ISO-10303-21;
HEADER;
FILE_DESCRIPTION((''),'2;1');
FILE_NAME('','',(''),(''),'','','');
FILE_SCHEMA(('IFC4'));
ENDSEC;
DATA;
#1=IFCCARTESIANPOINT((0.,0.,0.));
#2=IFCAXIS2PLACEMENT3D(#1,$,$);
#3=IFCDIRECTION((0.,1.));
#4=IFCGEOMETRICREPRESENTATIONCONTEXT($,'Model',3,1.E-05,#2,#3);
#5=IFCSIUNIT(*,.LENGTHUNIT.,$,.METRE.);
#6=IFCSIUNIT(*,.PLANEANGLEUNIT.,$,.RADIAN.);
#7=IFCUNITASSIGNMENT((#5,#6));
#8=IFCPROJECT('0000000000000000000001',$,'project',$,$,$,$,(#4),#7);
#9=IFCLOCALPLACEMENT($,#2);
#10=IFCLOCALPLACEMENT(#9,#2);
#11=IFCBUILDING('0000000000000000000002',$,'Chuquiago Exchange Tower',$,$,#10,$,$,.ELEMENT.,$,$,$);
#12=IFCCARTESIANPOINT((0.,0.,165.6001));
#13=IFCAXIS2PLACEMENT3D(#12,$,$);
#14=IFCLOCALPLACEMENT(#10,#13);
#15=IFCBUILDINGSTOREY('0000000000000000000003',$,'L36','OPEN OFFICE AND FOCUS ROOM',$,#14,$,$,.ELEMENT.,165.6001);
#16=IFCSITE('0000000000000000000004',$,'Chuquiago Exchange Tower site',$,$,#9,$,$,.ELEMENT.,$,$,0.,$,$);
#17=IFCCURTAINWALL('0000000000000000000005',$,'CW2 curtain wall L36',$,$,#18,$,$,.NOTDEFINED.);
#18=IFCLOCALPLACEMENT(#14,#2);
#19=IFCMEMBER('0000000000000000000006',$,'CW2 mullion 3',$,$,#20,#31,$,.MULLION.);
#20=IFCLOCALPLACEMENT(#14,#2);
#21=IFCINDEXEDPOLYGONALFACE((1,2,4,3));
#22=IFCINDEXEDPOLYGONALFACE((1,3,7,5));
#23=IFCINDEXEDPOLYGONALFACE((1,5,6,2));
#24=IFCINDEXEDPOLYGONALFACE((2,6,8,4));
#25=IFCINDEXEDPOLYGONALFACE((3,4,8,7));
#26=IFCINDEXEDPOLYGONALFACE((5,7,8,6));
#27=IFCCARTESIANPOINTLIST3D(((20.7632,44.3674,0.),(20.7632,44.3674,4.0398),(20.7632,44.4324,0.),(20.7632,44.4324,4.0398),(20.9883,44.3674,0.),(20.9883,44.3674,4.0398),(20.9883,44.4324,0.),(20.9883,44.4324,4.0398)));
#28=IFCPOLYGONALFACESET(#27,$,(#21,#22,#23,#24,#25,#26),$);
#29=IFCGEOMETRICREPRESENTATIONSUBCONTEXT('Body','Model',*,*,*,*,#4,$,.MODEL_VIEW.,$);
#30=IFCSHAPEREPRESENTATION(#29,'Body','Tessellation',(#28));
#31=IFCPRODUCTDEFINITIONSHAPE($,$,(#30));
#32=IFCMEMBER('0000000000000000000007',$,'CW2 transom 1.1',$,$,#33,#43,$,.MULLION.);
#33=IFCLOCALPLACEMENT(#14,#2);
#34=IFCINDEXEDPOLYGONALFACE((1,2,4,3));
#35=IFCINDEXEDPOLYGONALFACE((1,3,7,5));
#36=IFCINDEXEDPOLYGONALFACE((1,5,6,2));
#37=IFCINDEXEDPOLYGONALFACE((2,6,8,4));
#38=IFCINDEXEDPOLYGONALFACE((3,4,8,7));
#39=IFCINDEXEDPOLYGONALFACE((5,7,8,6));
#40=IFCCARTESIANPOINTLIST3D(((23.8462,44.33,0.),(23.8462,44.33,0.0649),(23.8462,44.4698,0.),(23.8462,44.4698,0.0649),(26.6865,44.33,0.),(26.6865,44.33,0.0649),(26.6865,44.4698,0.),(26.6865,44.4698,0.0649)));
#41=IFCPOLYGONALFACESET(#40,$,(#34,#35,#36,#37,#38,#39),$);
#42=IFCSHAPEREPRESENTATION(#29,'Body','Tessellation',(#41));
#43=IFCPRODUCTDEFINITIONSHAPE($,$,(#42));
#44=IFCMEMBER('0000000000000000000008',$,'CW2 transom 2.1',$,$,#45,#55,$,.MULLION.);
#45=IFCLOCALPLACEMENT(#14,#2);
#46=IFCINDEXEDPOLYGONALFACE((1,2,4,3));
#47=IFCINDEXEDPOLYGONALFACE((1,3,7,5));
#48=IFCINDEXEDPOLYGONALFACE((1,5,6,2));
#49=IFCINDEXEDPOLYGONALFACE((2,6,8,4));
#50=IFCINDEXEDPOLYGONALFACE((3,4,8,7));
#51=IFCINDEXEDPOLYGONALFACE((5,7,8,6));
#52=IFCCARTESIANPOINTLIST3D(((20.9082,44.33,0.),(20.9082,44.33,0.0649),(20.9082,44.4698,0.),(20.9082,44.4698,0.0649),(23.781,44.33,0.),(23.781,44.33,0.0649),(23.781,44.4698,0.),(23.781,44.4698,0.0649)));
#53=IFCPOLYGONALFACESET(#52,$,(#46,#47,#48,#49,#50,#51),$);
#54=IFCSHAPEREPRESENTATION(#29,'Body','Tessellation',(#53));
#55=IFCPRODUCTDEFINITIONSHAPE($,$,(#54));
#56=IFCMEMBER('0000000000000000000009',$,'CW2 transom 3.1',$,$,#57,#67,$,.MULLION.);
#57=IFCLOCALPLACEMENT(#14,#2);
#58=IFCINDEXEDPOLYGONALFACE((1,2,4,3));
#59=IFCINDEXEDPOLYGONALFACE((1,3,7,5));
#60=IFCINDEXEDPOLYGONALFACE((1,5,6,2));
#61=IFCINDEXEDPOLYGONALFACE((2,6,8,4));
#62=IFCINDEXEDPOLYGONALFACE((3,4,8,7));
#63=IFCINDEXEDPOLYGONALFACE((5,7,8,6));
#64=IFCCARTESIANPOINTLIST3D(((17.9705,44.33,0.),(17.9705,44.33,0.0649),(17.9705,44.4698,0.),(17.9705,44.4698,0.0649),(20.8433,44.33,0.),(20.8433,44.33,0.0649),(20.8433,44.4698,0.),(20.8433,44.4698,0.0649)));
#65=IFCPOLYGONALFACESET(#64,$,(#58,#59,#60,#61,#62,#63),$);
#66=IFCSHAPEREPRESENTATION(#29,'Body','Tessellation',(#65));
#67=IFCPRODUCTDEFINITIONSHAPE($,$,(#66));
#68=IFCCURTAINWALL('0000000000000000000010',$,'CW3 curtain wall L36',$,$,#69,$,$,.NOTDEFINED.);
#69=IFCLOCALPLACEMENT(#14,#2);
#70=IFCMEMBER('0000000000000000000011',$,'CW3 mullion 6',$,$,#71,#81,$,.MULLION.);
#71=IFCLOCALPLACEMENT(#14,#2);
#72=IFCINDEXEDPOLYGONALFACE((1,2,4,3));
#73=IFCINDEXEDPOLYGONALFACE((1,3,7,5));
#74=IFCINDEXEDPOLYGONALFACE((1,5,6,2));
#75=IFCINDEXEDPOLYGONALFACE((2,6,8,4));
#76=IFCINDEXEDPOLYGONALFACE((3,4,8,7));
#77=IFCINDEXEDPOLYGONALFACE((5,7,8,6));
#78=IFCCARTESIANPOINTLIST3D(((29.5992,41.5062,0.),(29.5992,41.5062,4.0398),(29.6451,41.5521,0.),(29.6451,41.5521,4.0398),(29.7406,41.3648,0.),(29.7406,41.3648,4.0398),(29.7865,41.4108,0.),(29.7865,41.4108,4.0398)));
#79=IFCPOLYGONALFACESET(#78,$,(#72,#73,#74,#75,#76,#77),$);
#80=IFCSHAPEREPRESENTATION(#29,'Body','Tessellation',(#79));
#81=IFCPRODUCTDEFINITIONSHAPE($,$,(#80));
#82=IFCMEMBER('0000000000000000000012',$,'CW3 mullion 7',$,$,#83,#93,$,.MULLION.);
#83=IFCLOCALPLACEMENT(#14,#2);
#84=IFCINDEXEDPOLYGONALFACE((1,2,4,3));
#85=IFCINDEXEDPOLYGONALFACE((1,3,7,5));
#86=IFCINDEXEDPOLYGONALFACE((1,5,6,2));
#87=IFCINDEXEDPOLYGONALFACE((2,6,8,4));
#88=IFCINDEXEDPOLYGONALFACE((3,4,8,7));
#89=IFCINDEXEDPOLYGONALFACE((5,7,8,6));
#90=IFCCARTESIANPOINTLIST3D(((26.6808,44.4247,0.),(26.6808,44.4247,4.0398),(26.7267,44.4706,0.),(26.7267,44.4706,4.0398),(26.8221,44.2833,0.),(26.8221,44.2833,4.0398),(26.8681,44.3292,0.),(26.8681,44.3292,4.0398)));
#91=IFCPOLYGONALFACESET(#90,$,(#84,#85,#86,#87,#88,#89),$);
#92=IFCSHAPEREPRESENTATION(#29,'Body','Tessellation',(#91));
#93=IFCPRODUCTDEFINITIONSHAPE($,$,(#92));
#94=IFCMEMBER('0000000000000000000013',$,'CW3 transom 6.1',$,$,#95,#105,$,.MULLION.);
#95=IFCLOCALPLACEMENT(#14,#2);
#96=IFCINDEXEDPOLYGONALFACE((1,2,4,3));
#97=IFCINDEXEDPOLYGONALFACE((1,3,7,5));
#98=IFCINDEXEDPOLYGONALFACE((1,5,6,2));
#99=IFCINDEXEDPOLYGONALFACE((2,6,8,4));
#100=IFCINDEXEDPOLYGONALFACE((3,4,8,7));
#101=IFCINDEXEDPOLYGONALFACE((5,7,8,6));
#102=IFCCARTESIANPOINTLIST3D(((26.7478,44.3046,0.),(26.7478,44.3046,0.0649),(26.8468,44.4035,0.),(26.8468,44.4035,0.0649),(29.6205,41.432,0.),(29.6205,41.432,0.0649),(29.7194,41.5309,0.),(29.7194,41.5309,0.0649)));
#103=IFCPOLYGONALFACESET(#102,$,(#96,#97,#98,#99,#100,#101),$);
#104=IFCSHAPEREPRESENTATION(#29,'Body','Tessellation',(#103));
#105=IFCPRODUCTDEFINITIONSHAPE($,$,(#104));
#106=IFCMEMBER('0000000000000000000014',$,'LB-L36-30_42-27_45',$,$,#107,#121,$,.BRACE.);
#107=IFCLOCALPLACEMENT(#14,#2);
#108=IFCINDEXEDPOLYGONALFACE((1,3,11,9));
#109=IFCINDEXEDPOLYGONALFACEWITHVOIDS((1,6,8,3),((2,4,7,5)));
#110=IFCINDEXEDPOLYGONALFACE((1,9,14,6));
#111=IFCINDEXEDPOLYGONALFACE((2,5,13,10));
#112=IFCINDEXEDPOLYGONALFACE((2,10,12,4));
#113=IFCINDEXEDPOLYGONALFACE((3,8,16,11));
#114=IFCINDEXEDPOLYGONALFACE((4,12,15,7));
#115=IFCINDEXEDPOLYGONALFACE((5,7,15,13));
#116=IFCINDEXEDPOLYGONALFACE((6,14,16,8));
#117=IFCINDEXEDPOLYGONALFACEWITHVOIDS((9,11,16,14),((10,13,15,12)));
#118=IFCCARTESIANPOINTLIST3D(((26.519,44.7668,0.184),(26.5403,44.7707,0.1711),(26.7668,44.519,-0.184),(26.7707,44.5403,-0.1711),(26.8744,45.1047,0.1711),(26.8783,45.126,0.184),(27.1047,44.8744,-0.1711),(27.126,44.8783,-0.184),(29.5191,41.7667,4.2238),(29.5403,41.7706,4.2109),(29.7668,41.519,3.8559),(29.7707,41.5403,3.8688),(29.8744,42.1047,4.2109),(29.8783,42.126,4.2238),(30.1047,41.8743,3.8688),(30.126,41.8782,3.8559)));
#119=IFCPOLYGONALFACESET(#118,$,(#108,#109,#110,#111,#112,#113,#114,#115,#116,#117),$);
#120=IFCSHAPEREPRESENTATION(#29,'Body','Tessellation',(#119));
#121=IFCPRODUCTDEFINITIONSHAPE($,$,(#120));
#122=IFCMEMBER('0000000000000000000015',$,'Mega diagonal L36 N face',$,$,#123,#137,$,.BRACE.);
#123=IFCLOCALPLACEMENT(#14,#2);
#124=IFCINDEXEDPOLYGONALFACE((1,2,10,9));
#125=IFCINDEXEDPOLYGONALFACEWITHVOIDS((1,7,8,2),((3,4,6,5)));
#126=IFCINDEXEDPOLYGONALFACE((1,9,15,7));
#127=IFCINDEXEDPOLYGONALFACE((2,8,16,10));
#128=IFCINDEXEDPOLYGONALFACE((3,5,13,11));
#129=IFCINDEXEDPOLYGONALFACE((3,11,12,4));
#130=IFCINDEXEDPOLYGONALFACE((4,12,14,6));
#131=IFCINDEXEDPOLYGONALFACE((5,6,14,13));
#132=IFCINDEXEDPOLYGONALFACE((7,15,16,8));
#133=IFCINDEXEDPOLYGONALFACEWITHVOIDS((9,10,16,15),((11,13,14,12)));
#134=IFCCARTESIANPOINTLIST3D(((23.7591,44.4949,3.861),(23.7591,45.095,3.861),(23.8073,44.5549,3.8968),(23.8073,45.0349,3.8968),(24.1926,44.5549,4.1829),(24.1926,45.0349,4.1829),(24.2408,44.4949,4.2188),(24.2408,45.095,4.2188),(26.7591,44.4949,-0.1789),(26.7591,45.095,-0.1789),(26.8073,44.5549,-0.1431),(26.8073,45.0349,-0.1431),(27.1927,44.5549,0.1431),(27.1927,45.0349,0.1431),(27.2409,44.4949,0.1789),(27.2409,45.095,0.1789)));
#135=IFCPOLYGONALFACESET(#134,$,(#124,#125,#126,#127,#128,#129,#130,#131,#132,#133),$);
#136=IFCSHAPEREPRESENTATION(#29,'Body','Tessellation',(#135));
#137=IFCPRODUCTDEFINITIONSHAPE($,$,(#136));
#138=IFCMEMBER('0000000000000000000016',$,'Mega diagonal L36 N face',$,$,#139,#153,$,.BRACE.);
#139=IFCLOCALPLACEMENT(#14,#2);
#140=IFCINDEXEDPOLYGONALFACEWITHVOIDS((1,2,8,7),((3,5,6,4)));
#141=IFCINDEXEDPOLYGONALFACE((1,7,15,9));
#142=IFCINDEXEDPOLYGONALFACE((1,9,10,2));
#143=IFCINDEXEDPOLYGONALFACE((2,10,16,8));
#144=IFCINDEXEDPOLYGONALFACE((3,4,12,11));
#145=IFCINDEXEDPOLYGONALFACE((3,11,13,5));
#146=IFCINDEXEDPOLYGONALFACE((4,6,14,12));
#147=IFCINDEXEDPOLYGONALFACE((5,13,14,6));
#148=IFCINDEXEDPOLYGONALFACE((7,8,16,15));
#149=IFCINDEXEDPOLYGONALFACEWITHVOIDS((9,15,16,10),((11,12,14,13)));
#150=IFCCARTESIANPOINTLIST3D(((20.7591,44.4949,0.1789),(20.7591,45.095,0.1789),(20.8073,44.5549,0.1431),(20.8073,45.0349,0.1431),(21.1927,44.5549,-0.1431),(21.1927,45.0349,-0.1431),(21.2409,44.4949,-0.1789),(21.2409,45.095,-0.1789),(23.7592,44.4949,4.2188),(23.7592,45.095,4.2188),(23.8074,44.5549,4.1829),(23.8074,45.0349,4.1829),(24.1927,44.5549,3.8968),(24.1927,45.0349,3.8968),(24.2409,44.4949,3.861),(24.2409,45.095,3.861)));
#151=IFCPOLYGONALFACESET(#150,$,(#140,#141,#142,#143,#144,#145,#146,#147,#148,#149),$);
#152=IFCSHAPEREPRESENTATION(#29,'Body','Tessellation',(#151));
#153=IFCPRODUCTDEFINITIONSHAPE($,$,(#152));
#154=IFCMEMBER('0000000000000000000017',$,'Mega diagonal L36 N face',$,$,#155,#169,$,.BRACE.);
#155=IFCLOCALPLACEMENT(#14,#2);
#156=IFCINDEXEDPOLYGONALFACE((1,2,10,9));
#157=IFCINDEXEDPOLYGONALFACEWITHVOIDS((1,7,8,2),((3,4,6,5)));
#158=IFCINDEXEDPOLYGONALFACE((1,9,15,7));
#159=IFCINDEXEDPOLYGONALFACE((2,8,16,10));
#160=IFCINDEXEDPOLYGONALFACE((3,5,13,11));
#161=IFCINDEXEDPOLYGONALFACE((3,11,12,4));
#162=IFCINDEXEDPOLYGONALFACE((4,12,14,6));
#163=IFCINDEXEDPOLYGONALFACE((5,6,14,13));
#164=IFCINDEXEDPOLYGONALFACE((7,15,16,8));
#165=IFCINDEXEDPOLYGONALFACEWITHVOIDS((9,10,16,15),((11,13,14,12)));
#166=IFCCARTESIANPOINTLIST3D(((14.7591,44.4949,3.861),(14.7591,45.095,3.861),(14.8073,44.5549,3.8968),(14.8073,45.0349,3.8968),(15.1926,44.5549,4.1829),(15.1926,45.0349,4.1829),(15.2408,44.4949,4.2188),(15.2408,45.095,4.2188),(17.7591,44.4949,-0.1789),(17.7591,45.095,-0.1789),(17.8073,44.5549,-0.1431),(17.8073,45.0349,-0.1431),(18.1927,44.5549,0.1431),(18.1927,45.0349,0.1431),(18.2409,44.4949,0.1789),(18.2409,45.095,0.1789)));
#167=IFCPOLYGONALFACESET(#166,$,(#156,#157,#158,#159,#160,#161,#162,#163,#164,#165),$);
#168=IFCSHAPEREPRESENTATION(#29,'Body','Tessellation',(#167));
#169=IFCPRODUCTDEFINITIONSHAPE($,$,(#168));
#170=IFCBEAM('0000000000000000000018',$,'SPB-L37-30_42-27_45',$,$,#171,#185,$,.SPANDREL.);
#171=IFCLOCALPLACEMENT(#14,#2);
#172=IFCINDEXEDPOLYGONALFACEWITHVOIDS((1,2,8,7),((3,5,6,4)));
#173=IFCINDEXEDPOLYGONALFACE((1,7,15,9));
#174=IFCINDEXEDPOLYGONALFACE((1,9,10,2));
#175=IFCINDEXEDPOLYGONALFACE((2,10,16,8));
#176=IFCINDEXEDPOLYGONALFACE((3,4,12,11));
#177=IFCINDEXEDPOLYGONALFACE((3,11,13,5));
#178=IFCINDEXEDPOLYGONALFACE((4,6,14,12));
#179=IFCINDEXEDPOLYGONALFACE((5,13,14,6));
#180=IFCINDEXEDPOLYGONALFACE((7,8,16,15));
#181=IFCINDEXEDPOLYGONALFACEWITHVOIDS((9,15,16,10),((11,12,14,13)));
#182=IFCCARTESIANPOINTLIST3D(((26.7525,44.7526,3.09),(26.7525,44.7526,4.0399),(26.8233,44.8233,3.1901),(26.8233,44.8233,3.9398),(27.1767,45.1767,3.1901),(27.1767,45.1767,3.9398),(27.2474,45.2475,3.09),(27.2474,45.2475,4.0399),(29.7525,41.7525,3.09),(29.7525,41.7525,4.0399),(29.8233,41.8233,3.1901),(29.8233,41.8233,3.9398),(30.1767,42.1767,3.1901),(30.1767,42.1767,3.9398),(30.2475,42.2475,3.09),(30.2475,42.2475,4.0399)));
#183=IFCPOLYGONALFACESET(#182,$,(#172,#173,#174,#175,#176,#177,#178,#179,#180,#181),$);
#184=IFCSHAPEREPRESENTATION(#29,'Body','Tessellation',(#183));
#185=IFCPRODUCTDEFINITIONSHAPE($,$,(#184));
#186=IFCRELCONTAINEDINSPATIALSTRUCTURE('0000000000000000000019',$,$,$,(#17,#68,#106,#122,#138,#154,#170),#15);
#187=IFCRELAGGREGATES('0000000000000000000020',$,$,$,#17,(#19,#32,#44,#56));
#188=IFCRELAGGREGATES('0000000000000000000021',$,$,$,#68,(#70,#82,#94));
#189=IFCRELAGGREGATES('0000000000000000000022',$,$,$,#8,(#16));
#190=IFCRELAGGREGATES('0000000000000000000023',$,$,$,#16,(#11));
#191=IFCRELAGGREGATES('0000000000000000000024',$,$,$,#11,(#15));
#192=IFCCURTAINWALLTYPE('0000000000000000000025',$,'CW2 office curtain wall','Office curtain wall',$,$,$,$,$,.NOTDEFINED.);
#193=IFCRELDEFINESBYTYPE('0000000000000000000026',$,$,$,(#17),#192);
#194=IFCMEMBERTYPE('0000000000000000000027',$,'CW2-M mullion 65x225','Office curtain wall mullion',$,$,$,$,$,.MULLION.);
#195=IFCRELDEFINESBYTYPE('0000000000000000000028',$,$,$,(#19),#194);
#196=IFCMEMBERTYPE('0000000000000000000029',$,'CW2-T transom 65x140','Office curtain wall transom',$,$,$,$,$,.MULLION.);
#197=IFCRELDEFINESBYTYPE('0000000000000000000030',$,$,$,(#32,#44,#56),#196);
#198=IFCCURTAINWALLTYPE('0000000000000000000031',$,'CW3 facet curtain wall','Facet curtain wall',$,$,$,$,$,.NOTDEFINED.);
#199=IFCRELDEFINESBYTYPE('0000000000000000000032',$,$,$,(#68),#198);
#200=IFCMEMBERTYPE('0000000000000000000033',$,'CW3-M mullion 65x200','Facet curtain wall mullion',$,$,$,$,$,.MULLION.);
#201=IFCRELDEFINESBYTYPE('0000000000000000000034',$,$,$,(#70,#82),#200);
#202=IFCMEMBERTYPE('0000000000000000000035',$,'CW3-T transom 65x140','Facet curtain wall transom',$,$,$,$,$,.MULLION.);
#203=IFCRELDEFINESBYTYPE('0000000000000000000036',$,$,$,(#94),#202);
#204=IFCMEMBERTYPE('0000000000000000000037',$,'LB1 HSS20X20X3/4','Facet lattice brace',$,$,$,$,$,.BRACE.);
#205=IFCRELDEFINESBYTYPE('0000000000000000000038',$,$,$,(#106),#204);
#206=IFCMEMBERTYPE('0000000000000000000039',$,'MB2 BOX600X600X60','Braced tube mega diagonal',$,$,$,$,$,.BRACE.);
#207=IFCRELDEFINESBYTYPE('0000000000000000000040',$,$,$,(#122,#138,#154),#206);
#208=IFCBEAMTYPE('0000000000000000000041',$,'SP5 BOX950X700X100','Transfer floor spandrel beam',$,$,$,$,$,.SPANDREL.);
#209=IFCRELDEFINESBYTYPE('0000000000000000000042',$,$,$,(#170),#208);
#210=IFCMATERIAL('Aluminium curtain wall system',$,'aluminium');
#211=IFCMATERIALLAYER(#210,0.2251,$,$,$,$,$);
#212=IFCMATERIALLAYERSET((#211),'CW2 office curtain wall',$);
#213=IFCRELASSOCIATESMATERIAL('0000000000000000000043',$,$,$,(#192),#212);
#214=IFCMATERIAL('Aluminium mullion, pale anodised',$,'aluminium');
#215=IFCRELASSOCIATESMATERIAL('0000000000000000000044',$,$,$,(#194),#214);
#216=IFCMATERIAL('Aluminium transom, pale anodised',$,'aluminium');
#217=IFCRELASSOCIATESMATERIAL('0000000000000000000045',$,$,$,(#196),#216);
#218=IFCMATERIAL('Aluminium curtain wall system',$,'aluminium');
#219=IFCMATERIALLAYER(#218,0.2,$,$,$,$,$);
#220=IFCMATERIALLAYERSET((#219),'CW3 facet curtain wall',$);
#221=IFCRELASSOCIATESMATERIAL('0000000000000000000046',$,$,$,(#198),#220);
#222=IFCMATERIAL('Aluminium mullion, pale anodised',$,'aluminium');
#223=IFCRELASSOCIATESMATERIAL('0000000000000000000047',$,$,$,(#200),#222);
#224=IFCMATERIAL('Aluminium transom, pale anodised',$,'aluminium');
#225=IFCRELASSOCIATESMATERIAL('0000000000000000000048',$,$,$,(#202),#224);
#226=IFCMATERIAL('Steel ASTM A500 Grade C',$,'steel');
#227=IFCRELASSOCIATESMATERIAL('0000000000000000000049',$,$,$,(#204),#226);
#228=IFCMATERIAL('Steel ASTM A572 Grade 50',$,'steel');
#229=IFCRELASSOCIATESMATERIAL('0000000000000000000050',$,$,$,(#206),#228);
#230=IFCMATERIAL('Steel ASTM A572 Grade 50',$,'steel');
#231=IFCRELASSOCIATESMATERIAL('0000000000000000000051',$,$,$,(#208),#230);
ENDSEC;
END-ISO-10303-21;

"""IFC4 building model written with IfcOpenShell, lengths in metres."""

from ifc_helpers import new_model, si_unit, direction, frame, origin, origin_2d, place, context, subcontext, project, spatial, rectangle, hollow_rectangle, extrude, material, layer, layer_set, material_profile, profile_set, type_object, element, aggregate, save


model = new_model("IFC4")

# Units and contexts
model_context = context("Model", 3, precision=1e-05, world=origin(), true_north=direction((0.0, 1.0)))
body_context = subcontext(model_context, "Body", "Model", "MODEL_VIEW")
ifc_project = project(units=[si_unit("LENGTHUNIT", "METRE"), si_unit("PLANEANGLEUNIT", "RADIAN")], contexts=[model_context])

# Site, building, storey
site_placement = place(None, origin())
site = spatial("IfcSite", under=ifc_project, at=site_placement, Name="Chuquiago Exchange Tower site", CompositionType="ELEMENT", RefElevation=0.0)
building_placement = place(site_placement, origin())
building = spatial("IfcBuilding", under=site, at=building_placement, Name="Chuquiago Exchange Tower", CompositionType="ELEMENT")
storey_placement = place(building_placement, frame((0.0, 0.0, 165.6001)))
storey = spatial("IfcBuildingStorey", under=building, at=storey_placement, Name="L36", Description="OPEN OFFICE AND FOCUS ROOM", CompositionType="ELEMENT", Elevation=165.6001)

# Curtain walls, members
ifc_material_1 = material(Name="Aluminium curtain wall system", Category="aluminium")
ifc_layer_1 = layer(ifc_material_1, 0.2251)
ifc_layer_set_1 = layer_set([ifc_layer_1], Name="CW2 office curtain wall")
curtain_wall_type_1 = type_object("IfcCurtainWallType", Name="CW2 office curtain wall", Description="Office curtain wall", PredefinedType="NOTDEFINED", material=ifc_layer_set_1)
curtain_wall_1_placement = place(storey_placement, origin())
curtain_wall_1 = element("IfcCurtainWall", 1, at=curtain_wall_1_placement, inside=storey, type_object=curtain_wall_type_1, Name="CW2 curtain wall L36", PredefinedType="NOTDEFINED")
ifc_material_2 = material(Name="Aluminium mullion, pale anodised", Category="aluminium")
ifc_material_profile_1 = material_profile(ifc_material_2, rectangle(XDim=0.0649, YDim=0.2251, at=origin_2d()), Name="AL 65x225")
ifc_profile_set_1 = profile_set([ifc_material_profile_1], Name="Aluminium mullion, pale anodised")
member_type_1 = type_object("IfcMemberType", Name="CW2-M mullion 65x225", Description="Office curtain wall mullion", PredefinedType="MULLION", material=ifc_profile_set_1)
member_1_placement = place(storey_placement, frame((20.8757, 44.3999, 0.0), z_axis=(0.0, 0.0, 1.0), x_axis=(0.0, -1.0, 0.0)))
member_1 = element("IfcMember", 2, at=member_1_placement, type_object=member_type_1, Name="CW2 mullion 3", PredefinedType="MULLION", context=body_context, shape_type="SweptSolid", body=[
    extrude(rectangle(XDim=0.0649, YDim=0.2251, at=origin_2d()), origin(), (0.0, 0.0, 1.0), 4.0398),
])
ifc_material_3 = material(Name="Aluminium transom, pale anodised", Category="aluminium")
ifc_material_profile_2 = material_profile(ifc_material_3, rectangle(XDim=0.1399, YDim=0.0649, at=origin_2d()), Name="AL 140x65")
ifc_profile_set_2 = profile_set([ifc_material_profile_2], Name="Aluminium transom, pale anodised")
member_type_2 = type_object("IfcMemberType", Name="CW2-T transom 65x140", Description="Office curtain wall transom", PredefinedType="MULLION", material=ifc_profile_set_2)
member_2_placement = place(storey_placement, frame((26.6865, 44.3999, 0.0325), z_axis=(-1.0, 0.0, 0.0), x_axis=(0.0, -1.0, 0.0)))
member_2 = element("IfcMember", 3, at=member_2_placement, type_object=member_type_2, Name="CW2 transom 1.1", PredefinedType="MULLION", context=body_context, shape_type="SweptSolid", body=[
    extrude(rectangle(XDim=0.1399, YDim=0.0649, at=origin_2d()), origin(), (0.0, 0.0, 1.0), 2.8403),
])
member_3_placement = place(storey_placement, frame((23.781, 44.3999, 0.0325), z_axis=(-1.0, 0.0, 0.0), x_axis=(0.0, -1.0, 0.0)))
member_3 = element("IfcMember", 4, at=member_3_placement, type_object=member_type_2, Name="CW2 transom 2.1", PredefinedType="MULLION", context=body_context, shape_type="SweptSolid", body=[
    extrude(rectangle(XDim=0.1399, YDim=0.0649, at=origin_2d()), origin(), (0.0, 0.0, 1.0), 2.8728),
])
member_4_placement = place(storey_placement, frame((20.8433, 44.3999, 0.0325), z_axis=(-1.0, 0.0, 0.0), x_axis=(0.0, -1.0, 0.0)))
member_4 = element("IfcMember", 5, at=member_4_placement, type_object=member_type_2, Name="CW2 transom 3.1", PredefinedType="MULLION", context=body_context, shape_type="SweptSolid", body=[
    extrude(rectangle(XDim=0.1399, YDim=0.0649, at=origin_2d()), origin(), (0.0, 0.0, 1.0), 2.8728),
])
ifc_material_4 = material(Name="Aluminium curtain wall system", Category="aluminium")
ifc_layer_2 = layer(ifc_material_4, 0.2)
ifc_layer_set_2 = layer_set([ifc_layer_2], Name="CW3 facet curtain wall")
curtain_wall_type_2 = type_object("IfcCurtainWallType", Name="CW3 facet curtain wall", Description="Facet curtain wall", PredefinedType="NOTDEFINED", material=ifc_layer_set_2)
curtain_wall_2_placement = place(storey_placement, origin())
curtain_wall_2 = element("IfcCurtainWall", 6, at=curtain_wall_2_placement, inside=storey, type_object=curtain_wall_type_2, Name="CW3 curtain wall L36", PredefinedType="NOTDEFINED")
ifc_material_5 = material(Name="Aluminium mullion, pale anodised", Category="aluminium")
ifc_material_profile_3 = material_profile(ifc_material_5, rectangle(XDim=0.0649, YDim=0.2, at=origin_2d()), Name="AL 65x200")
ifc_profile_set_3 = profile_set([ifc_material_profile_3], Name="Aluminium mullion, pale anodised")
member_type_3 = type_object("IfcMemberType", Name="CW3-M mullion 65x200", Description="Facet curtain wall mullion", PredefinedType="MULLION", material=ifc_profile_set_3)
member_5_placement = place(storey_placement, frame((29.6929, 41.4585, 0.0), z_axis=(0.0, 0.0, 1.0), x_axis=(-0.707107, -0.707107, 0.0)))
member_5 = element("IfcMember", 7, at=member_5_placement, type_object=member_type_3, Name="CW3 mullion 6", PredefinedType="MULLION", context=body_context, shape_type="SweptSolid", body=[
    extrude(rectangle(XDim=0.0649, YDim=0.2, at=origin_2d()), origin(), (0.0, 0.0, 1.0), 4.0398),
])
member_6_placement = place(storey_placement, frame((26.7744, 44.377, 0.0), z_axis=(0.0, 0.0, 1.0), x_axis=(-0.707107, -0.707107, 0.0)))
member_6 = element("IfcMember", 8, at=member_6_placement, type_object=member_type_3, Name="CW3 mullion 7", PredefinedType="MULLION", context=body_context, shape_type="SweptSolid", body=[
    extrude(rectangle(XDim=0.0649, YDim=0.2, at=origin_2d()), origin(), (0.0, 0.0, 1.0), 4.0398),
])
ifc_material_6 = material(Name="Aluminium transom, pale anodised", Category="aluminium")
ifc_material_profile_4 = material_profile(ifc_material_6, rectangle(XDim=0.1399, YDim=0.0649, at=origin_2d()), Name="AL 140x65")
ifc_profile_set_4 = profile_set([ifc_material_profile_4], Name="Aluminium transom, pale anodised")
member_type_4 = type_object("IfcMemberType", Name="CW3-T transom 65x140", Description="Facet curtain wall transom", PredefinedType="MULLION", material=ifc_profile_set_4)
member_7_placement = place(storey_placement, frame((29.6699, 41.4814, 0.0325), z_axis=(-0.707107, 0.707107, 0.0), x_axis=(-0.707107, -0.707107, 0.0)))
member_7 = element("IfcMember", 9, at=member_7_placement, type_object=member_type_4, Name="CW3 transom 6.1", PredefinedType="MULLION", context=body_context, shape_type="SweptSolid", body=[
    extrude(rectangle(XDim=0.1399, YDim=0.0649, at=origin_2d()), origin(), (0.0, 0.0, 1.0), 4.0625),
])

# Members
ifc_material_7 = material(Name="Steel ASTM A500 Grade C", Category="steel")
ifc_material_profile_5 = material_profile(ifc_material_7, hollow_rectangle(XDim=0.5081, YDim=0.5081, WallThickness=0.0178, at=origin_2d()), Name="HSS20X20X3/4")
ifc_profile_set_5 = profile_set([ifc_material_profile_5], Name="Steel ASTM A500 Grade C")
member_type_5 = type_object("IfcMemberType", Name="LB1 HSS20X20X3/4", Description="Facet lattice brace", PredefinedType="BRACE", material=ifc_profile_set_5)
member_8_placement = place(storey_placement, frame((26.8225, 44.8225, 0.0), z_axis=(0.512092, -0.512092, 0.689582), x_axis=(0.707107, 0.707107, 0.0)))
element("IfcMember", 10, at=member_8_placement, inside=storey, type_object=member_type_5, Name="LB-L36-30_42-27_45", PredefinedType="BRACE", context=body_context, shape_type="SweptSolid", body=[
    extrude(hollow_rectangle(XDim=0.5081, YDim=0.5081, WallThickness=0.0178, at=origin_2d()), origin(), (0.0, 0.0, 1.0), 5.8584),
])
ifc_material_8 = material(Name="Steel ASTM A572 Grade 50", Category="steel")
ifc_material_profile_6 = material_profile(ifc_material_8, hollow_rectangle(XDim=0.6001, YDim=0.6001, WallThickness=0.0601, at=origin_2d()), Name="BOX600X600X60")
ifc_profile_set_6 = profile_set([ifc_material_profile_6], Name="Steel ASTM A572 Grade 50")
member_type_6 = type_object("IfcMemberType", Name="MB2 BOX600X600X60", Description="Braced tube mega diagonal", PredefinedType="BRACE", material=ifc_profile_set_6)
for number, where, z_axis, x_axis, name in (
    (11, (27.0, 44.7949, 0.0), (-0.596197, 0.0, 0.802838), (0.0, -1.0, 0.0), "Mega diagonal L36 N face"),
    (12, (21.0, 44.7949, 0.0), (0.596197, 0.0, 0.802838), (0.0, 1.0, 0.0), "Mega diagonal L36 N face"),
    (13, (18.0, 44.7949, 0.0), (-0.596197, 0.0, 0.802838), (0.0, -1.0, 0.0), "Mega diagonal L36 N face"),
):
    element("IfcMember", number, at=place(storey_placement, frame(where, z_axis=z_axis, x_axis=x_axis)), inside=storey, type_object=member_type_6, Name=name, PredefinedType="BRACE", context=body_context, shape_type="SweptSolid", body=[
        extrude(hollow_rectangle(XDim=0.6001, YDim=0.6001, WallThickness=0.0601, at=origin_2d()), origin(), (0.0, 0.0, 1.0), 5.032),
    ])

# Beam
ifc_material_9 = material(Name="Steel ASTM A572 Grade 50", Category="steel")
ifc_material_profile_7 = material_profile(ifc_material_9, hollow_rectangle(XDim=0.7, YDim=0.95, WallThickness=0.1001, at=origin_2d()), Name="BOX950X700X100")
ifc_profile_set_7 = profile_set([ifc_material_profile_7], Name="Steel ASTM A572 Grade 50")
beam_type_1 = type_object("IfcBeamType", Name="SP5 BOX950X700X100", Description="Transfer floor spandrel beam", PredefinedType="SPANDREL", material=ifc_profile_set_7)
beam_1_placement = place(storey_placement, frame((30.0, 42.0, 3.5649), z_axis=(-0.707107, 0.707107, 0.0), x_axis=(-0.707107, -0.707107, 0.0)))
element("IfcBeam", 14, at=beam_1_placement, inside=storey, type_object=beam_type_1, Name="SPB-L37-30_42-27_45", PredefinedType="SPANDREL", context=body_context, shape_type="SweptSolid", body=[
    extrude(hollow_rectangle(XDim=0.7, YDim=0.95, WallThickness=0.1001, at=origin_2d()), origin(), (0.0, 0.0, 1.0), 4.2427),
])

aggregate(curtain_wall_1, [member_1, member_2, member_3, member_4])
aggregate(curtain_wall_2, [member_5, member_6, member_7])

save(model, "model.ifc")
